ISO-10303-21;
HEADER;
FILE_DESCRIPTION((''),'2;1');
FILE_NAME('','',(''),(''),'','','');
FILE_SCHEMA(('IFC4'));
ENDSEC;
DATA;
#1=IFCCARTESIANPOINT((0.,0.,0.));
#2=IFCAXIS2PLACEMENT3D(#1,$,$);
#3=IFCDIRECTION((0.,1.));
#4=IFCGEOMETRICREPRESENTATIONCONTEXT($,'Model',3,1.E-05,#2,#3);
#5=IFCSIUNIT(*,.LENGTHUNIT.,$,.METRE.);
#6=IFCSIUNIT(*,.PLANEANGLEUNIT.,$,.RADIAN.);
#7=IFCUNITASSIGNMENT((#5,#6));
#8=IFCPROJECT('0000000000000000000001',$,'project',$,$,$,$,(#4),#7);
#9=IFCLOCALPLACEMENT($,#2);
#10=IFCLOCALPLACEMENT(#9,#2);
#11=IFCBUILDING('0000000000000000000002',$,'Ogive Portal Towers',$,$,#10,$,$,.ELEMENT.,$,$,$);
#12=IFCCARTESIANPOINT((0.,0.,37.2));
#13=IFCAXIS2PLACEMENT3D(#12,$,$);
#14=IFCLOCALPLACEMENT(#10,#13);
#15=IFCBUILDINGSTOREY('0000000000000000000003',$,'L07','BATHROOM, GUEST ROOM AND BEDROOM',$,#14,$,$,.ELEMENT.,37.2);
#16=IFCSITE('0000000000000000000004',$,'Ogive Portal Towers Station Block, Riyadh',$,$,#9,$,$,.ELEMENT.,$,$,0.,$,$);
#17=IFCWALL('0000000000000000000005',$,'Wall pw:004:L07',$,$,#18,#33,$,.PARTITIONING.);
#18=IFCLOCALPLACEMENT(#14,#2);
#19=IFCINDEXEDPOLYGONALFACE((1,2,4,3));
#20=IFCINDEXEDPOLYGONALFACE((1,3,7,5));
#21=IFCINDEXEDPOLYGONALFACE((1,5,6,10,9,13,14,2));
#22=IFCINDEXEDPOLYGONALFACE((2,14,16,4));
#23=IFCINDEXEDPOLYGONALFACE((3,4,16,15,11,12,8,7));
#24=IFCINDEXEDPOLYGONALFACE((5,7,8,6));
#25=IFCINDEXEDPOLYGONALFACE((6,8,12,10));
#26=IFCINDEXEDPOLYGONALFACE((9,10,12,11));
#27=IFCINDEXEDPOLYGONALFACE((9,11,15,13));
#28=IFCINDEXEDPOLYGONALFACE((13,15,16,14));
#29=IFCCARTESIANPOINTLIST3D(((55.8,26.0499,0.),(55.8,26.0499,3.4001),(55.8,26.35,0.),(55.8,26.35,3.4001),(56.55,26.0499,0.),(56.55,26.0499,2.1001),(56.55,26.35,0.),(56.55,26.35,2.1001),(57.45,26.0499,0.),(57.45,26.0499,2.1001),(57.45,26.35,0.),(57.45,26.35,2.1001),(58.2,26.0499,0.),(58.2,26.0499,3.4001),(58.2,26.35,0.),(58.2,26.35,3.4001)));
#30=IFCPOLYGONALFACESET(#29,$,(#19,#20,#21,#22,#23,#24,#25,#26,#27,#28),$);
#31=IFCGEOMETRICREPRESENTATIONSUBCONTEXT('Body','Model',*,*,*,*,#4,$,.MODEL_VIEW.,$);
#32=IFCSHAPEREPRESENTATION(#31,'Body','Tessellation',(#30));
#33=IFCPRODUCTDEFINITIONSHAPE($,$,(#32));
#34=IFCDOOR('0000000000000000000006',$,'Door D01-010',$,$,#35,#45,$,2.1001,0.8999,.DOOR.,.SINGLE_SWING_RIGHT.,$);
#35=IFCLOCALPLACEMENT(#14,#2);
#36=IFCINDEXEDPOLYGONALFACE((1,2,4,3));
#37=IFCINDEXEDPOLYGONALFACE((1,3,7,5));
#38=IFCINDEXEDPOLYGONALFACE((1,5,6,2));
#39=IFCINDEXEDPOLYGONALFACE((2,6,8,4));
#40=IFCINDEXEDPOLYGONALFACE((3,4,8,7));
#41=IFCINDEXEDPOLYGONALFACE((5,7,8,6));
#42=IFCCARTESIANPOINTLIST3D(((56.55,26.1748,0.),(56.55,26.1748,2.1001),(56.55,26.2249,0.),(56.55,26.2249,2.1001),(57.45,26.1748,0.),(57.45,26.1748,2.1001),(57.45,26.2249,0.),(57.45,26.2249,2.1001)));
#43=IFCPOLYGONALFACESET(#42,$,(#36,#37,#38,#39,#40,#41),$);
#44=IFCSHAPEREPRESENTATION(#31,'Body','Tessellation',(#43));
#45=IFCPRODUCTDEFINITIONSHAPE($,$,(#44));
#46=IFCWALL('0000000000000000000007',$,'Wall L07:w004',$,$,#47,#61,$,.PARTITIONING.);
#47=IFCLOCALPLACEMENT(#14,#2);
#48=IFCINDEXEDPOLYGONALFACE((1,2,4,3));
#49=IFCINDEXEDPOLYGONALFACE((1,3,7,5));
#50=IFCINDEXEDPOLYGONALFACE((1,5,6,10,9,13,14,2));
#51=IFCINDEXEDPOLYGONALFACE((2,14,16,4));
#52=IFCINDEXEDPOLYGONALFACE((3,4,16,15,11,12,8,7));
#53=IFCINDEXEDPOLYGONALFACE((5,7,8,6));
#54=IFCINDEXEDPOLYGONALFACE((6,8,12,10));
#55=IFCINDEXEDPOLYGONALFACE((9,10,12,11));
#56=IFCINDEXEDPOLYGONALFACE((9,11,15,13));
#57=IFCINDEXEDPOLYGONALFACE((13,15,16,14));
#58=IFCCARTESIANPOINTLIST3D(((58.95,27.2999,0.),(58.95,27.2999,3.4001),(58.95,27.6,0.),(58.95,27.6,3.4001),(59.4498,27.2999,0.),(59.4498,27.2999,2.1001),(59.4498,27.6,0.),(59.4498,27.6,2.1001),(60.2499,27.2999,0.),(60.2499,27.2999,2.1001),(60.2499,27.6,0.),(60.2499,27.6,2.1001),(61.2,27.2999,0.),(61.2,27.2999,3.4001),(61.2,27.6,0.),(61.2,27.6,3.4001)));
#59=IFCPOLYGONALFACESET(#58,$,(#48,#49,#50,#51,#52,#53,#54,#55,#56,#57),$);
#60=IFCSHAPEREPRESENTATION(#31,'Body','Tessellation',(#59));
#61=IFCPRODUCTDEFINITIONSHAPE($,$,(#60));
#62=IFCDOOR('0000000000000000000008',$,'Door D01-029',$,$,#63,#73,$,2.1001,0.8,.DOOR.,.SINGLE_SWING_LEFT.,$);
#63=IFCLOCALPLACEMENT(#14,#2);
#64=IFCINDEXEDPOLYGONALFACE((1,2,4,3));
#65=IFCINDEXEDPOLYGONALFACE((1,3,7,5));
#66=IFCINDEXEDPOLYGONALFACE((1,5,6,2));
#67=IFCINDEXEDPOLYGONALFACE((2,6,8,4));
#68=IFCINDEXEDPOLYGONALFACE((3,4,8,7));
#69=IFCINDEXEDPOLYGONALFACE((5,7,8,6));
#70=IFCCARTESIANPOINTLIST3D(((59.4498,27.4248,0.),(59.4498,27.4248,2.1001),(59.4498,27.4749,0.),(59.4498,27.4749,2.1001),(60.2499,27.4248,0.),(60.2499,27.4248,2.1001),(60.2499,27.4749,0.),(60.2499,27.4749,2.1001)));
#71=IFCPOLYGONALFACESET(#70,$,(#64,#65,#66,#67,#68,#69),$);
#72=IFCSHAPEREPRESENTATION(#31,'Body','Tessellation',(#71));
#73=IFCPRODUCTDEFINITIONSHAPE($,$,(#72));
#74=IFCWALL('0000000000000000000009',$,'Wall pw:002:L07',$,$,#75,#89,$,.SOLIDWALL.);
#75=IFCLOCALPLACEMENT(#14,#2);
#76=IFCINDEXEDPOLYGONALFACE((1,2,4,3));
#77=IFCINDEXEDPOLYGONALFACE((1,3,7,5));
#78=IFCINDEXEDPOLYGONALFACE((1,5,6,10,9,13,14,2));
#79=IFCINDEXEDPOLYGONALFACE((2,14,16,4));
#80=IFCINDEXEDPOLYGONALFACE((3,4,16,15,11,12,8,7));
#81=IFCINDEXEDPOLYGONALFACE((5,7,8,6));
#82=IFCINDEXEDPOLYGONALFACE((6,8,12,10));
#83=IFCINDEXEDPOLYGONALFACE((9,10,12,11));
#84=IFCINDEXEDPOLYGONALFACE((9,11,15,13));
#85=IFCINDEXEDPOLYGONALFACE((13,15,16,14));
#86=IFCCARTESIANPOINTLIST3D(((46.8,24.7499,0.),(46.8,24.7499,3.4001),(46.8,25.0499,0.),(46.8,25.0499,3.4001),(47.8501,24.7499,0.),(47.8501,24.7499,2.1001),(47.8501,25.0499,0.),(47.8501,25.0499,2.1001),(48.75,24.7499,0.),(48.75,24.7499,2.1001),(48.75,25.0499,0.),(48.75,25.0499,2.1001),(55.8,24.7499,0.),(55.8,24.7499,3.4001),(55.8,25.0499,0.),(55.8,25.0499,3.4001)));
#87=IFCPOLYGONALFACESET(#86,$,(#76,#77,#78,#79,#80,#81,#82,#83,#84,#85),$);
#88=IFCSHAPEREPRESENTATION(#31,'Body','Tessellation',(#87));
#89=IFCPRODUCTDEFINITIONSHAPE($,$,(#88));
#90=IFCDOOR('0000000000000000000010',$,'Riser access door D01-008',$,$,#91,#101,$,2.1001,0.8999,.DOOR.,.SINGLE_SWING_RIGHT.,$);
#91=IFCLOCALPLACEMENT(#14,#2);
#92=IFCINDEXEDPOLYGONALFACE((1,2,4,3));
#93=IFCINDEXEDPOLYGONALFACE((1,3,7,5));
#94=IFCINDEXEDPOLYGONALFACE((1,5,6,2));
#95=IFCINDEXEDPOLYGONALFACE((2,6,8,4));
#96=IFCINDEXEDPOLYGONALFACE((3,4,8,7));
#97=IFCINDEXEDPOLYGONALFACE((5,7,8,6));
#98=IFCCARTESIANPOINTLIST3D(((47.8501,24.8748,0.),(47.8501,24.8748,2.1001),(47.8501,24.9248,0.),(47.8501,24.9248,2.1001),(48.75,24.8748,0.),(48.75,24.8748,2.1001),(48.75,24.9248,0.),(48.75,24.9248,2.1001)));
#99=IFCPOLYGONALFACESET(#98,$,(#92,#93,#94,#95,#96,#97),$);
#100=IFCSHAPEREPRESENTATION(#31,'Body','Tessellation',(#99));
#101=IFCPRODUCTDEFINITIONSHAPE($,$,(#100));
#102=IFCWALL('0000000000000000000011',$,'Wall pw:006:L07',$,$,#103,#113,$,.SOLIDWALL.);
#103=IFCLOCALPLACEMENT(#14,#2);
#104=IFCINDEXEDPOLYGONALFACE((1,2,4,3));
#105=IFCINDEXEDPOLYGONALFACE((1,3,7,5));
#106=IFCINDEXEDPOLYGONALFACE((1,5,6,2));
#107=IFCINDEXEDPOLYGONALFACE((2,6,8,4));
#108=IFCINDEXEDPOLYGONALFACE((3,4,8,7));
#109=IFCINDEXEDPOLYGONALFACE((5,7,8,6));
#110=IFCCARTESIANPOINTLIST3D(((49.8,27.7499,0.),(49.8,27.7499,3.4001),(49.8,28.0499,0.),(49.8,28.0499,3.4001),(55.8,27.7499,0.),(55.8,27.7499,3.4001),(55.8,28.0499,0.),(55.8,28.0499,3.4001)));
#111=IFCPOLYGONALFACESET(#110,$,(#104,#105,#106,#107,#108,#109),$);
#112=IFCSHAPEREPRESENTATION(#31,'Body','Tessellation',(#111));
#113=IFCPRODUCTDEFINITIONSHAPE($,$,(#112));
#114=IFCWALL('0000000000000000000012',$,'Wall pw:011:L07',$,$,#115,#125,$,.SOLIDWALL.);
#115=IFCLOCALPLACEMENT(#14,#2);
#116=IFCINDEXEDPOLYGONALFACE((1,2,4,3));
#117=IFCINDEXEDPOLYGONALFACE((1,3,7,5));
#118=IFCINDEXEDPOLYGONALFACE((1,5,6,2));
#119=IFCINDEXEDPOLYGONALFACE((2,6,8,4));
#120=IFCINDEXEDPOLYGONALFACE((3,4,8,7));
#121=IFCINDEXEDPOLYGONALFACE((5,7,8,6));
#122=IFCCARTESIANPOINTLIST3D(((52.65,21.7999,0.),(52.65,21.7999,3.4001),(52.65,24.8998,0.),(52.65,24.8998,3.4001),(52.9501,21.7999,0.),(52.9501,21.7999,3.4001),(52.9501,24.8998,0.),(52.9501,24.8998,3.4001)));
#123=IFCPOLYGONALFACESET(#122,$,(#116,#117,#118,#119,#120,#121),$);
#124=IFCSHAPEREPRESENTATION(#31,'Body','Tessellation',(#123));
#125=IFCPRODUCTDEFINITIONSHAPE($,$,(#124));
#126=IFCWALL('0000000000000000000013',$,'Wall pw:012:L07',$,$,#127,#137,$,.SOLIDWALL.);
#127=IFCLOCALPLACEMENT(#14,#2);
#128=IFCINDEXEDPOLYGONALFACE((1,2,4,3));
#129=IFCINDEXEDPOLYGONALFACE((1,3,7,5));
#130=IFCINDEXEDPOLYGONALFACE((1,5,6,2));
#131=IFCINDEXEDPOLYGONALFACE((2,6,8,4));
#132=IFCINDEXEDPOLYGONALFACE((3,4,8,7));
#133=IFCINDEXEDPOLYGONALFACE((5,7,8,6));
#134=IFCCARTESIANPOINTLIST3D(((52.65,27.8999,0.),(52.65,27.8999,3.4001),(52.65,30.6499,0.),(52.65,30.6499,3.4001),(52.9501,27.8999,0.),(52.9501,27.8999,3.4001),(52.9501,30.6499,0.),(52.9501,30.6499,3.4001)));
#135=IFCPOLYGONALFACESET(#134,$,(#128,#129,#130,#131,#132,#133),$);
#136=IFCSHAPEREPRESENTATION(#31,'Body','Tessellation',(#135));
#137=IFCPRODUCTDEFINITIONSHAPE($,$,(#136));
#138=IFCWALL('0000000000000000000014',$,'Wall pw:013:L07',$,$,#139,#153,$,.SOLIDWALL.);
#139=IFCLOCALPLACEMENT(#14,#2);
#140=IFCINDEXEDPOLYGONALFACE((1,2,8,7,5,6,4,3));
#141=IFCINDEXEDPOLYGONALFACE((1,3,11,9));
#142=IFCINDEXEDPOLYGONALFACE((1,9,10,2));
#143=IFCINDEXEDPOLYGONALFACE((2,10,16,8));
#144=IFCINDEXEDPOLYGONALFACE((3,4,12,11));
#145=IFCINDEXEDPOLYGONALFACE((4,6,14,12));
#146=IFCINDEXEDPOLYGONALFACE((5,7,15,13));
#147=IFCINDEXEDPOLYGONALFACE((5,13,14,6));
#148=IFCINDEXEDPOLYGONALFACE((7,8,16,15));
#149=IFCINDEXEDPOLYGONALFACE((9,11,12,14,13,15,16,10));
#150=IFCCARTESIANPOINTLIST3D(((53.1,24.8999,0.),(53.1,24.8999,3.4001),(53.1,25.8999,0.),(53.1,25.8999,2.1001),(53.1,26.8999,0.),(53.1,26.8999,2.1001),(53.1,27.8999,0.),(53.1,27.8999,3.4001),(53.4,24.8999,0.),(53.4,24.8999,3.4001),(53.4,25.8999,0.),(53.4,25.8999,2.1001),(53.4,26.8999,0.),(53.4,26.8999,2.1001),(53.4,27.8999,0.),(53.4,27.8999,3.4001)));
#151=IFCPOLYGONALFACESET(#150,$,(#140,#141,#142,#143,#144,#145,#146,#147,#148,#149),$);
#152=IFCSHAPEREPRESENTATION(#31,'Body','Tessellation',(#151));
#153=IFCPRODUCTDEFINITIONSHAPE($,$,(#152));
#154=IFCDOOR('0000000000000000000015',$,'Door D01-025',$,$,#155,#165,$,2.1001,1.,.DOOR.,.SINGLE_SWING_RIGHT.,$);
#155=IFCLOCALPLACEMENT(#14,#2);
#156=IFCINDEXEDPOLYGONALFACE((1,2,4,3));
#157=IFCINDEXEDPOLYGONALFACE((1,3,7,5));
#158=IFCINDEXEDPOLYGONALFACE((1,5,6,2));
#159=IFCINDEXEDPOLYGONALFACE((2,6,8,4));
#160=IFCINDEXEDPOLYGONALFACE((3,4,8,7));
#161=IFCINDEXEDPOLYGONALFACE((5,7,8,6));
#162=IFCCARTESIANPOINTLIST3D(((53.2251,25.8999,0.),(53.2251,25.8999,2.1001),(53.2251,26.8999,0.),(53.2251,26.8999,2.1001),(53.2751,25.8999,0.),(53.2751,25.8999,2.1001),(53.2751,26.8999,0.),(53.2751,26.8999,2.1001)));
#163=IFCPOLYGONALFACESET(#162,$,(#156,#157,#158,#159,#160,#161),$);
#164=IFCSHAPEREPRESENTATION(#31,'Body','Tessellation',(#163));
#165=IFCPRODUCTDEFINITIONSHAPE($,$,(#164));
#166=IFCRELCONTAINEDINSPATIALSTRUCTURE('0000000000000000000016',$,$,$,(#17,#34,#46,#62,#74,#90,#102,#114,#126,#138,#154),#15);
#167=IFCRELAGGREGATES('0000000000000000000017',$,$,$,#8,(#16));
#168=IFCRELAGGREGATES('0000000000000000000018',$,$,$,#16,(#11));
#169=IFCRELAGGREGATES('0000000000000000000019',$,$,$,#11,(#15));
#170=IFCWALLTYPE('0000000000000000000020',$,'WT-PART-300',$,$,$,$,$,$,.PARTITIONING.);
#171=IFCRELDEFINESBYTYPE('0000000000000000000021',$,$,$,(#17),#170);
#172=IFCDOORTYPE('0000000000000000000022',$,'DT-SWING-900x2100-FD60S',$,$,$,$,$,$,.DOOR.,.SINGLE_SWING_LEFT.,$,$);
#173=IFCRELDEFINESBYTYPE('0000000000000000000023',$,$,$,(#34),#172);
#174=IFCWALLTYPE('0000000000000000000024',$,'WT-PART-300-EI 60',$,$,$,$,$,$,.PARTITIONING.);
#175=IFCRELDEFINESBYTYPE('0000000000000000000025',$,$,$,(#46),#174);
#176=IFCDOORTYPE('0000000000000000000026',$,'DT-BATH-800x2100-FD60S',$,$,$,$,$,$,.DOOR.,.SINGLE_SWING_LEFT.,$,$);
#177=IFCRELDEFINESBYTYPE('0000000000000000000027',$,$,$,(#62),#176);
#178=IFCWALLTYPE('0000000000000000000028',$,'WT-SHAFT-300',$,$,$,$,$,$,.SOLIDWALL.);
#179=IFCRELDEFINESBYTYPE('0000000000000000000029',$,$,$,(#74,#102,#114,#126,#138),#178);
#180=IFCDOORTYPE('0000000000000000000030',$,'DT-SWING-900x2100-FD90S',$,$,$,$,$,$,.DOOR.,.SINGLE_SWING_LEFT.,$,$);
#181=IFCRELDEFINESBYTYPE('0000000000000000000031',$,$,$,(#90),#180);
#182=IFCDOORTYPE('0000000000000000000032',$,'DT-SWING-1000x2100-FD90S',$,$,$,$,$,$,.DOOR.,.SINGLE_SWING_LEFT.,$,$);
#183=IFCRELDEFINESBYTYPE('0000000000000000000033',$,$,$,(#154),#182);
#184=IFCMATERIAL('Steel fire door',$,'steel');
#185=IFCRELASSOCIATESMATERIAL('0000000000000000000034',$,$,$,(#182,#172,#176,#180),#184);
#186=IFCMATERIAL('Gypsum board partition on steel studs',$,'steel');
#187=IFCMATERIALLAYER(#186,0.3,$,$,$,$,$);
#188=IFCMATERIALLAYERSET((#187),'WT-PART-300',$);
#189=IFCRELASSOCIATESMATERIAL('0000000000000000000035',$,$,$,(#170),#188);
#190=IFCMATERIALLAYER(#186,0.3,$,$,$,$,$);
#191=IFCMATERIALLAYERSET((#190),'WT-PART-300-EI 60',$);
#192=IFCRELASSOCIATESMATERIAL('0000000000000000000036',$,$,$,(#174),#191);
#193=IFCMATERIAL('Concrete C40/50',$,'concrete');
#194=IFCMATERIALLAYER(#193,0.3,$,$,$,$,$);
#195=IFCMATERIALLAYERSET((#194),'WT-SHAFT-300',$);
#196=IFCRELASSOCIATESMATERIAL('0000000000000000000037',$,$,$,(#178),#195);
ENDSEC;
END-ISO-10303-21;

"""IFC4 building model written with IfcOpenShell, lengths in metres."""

from ifc_helpers import new_model, si_unit, direction, frame, frame_2d, origin, place, context, subcontext, project, spatial, rectangle, extrude, material, layer, layer_set, type_object, element, fill, save


model = new_model("IFC4")

# Units and contexts
model_context = context("Model", 3, precision=1e-05, world=origin(), true_north=direction((0.0, 1.0)))
body_context = subcontext(model_context, "Body", "Model", "MODEL_VIEW")
ifc_project = project(units=[si_unit("LENGTHUNIT", "METRE"), si_unit("PLANEANGLEUNIT", "RADIAN")], contexts=[model_context])

# Site, building, storey
site_placement = place(None, origin())
site = spatial("IfcSite", under=ifc_project, at=site_placement, Name="Ogive Portal Towers Station Block, Riyadh", CompositionType="ELEMENT", RefElevation=0.0)
building_placement = place(site_placement, origin())
building = spatial("IfcBuilding", under=site, at=building_placement, Name="Ogive Portal Towers", CompositionType="ELEMENT")
storey_placement = place(building_placement, frame((0.0, 0.0, 37.2)))
storey = spatial("IfcBuildingStorey", under=building, at=storey_placement, Name="L07", Description="BATHROOM, GUEST ROOM AND BEDROOM", CompositionType="ELEMENT", Elevation=37.2)

# Shared definitions
ifc_material_1 = material(Name="Steel fire door", Category="steel")
door_type_1 = type_object("IfcDoorType", Name="DT-SWING-1000x2100-FD90S", OperationType="SINGLE_SWING_LEFT", PredefinedType="DOOR", material=ifc_material_1)

# Walls, openings, doors
ifc_material_2 = material(Name="Gypsum board partition on steel studs", Category="steel")
ifc_layer_1 = layer(ifc_material_2, 0.3)
ifc_layer_set_1 = layer_set([ifc_layer_1], Name="WT-PART-300")
wall_type_1 = type_object("IfcWallType", Name="WT-PART-300", PredefinedType="PARTITIONING", material=ifc_layer_set_1)
wall_1_placement = place(storey_placement, frame((55.8, 26.2, 0.0), z_axis=(0.0, 0.0, 1.0), x_axis=(1.0, 0.0, 0.0)))
wall_1 = element("IfcWall", 1, at=wall_1_placement, inside=storey, type_object=wall_type_1, Name="Wall pw:004:L07", PredefinedType="PARTITIONING", context=body_context, shape_type="SweptSolid", body=[
    extrude(rectangle(XDim=2.3999, YDim=0.3, at=frame_2d((1.2, 0.0))), origin(), (0.0, 0.0, 1.0), 3.4001),
])
opening_1_placement = place(wall_1_placement, frame((0.75, 0.0, 0.0)))
opening_1 = element("IfcOpeningElement", 2, at=opening_1_placement, cuts=wall_1, PredefinedType="OPENING", context=body_context, shape_type="SweptSolid", body=[
    extrude(rectangle(XDim=0.8999, YDim=2.1001, at=frame_2d((0.45, 1.05))), frame((0.0, 0.1602, 0.0), z_axis=(0.0, -1.0, 0.0), x_axis=(1.0, 0.0, 0.0)), (0.0, 0.0, 1.0), 0.3201),
])
door_type_2 = type_object("IfcDoorType", Name="DT-SWING-900x2100-FD60S", OperationType="SINGLE_SWING_LEFT", PredefinedType="DOOR", material=ifc_material_1)
door_1_placement = place(opening_1_placement, origin())
door_1 = element("IfcDoor", 3, at=door_1_placement, inside=storey, type_object=door_type_2, Name="Door D01-010", OperationType="SINGLE_SWING_RIGHT", OverallHeight=2.1001, OverallWidth=0.8999, PredefinedType="DOOR", context=body_context, shape_type="SweptSolid", body=[
    extrude(rectangle(XDim=0.8999, YDim=2.1001, at=frame_2d((0.45, 1.05))), frame((0.0, 0.0249, 0.0), z_axis=(0.0, -1.0, 0.0), x_axis=(1.0, 0.0, 0.0)), (0.0, 0.0, 1.0), 0.05),
])
fill(opening_1, door_1)
ifc_layer_2 = layer(ifc_material_2, 0.3)
ifc_layer_set_2 = layer_set([ifc_layer_2], Name="WT-PART-300-EI 60")
wall_type_2 = type_object("IfcWallType", Name="WT-PART-300-EI 60", PredefinedType="PARTITIONING", material=ifc_layer_set_2)
wall_2_placement = place(storey_placement, frame((58.95, 27.45, 0.0), z_axis=(0.0, 0.0, 1.0), x_axis=(1.0, 0.0, 0.0)))
wall_2 = element("IfcWall", 4, at=wall_2_placement, inside=storey, type_object=wall_type_2, Name="Wall L07:w004", PredefinedType="PARTITIONING", context=body_context, shape_type="SweptSolid", body=[
    extrude(rectangle(XDim=2.25, YDim=0.3, at=frame_2d((1.125, 0.0))), origin(), (0.0, 0.0, 1.0), 3.4001),
])
opening_2_placement = place(wall_2_placement, frame((0.5, 0.0, 0.0)))
opening_2 = element("IfcOpeningElement", 5, at=opening_2_placement, cuts=wall_2, PredefinedType="OPENING", context=body_context, shape_type="SweptSolid", body=[
    extrude(rectangle(XDim=0.8, YDim=2.1001, at=frame_2d((0.3999, 1.05))), frame((0.0, 0.1602, 0.0), z_axis=(0.0, -1.0, 0.0), x_axis=(1.0, 0.0, 0.0)), (0.0, 0.0, 1.0), 0.3201),
])
door_type_3 = type_object("IfcDoorType", Name="DT-BATH-800x2100-FD60S", OperationType="SINGLE_SWING_LEFT", PredefinedType="DOOR", material=ifc_material_1)
door_2_placement = place(opening_2_placement, origin())
door_2 = element("IfcDoor", 6, at=door_2_placement, inside=storey, type_object=door_type_3, Name="Door D01-029", OperationType="SINGLE_SWING_LEFT", OverallHeight=2.1001, OverallWidth=0.8, PredefinedType="DOOR", context=body_context, shape_type="SweptSolid", body=[
    extrude(rectangle(XDim=0.8, YDim=2.1001, at=frame_2d((0.3999, 1.05))), frame((0.0, 0.0249, 0.0), z_axis=(0.0, -1.0, 0.0), x_axis=(1.0, 0.0, 0.0)), (0.0, 0.0, 1.0), 0.05),
])
fill(opening_2, door_2)
ifc_material_3 = material(Name="Concrete C40/50", Category="concrete")
ifc_layer_3 = layer(ifc_material_3, 0.3)
ifc_layer_set_3 = layer_set([ifc_layer_3], Name="WT-SHAFT-300")
wall_type_3 = type_object("IfcWallType", Name="WT-SHAFT-300", PredefinedType="SOLIDWALL", material=ifc_layer_set_3)
wall_3_placement = place(storey_placement, frame((46.8, 24.8999, 0.0), z_axis=(0.0, 0.0, 1.0), x_axis=(1.0, 0.0, 0.0)))
wall_3 = element("IfcWall", 7, at=wall_3_placement, inside=storey, type_object=wall_type_3, Name="Wall pw:002:L07", PredefinedType="SOLIDWALL", context=body_context, shape_type="SweptSolid", body=[
    extrude(rectangle(XDim=9.0, YDim=0.3, at=frame_2d((4.5, 0.0))), origin(), (0.0, 0.0, 1.0), 3.4001),
])
opening_3_placement = place(wall_3_placement, frame((1.05, 0.0, 0.0)))
opening_3 = element("IfcOpeningElement", 8, at=opening_3_placement, cuts=wall_3, PredefinedType="OPENING", context=body_context, shape_type="SweptSolid", body=[
    extrude(rectangle(XDim=0.8999, YDim=2.1001, at=frame_2d((0.45, 1.05))), frame((0.0, 0.1602, 0.0), z_axis=(0.0, -1.0, 0.0), x_axis=(1.0, 0.0, 0.0)), (0.0, 0.0, 1.0), 0.3201),
])
door_type_4 = type_object("IfcDoorType", Name="DT-SWING-900x2100-FD90S", OperationType="SINGLE_SWING_LEFT", PredefinedType="DOOR", material=ifc_material_1)
door_3_placement = place(opening_3_placement, origin())
door_3 = element("IfcDoor", 9, at=door_3_placement, inside=storey, type_object=door_type_4, Name="Riser access door D01-008", OperationType="SINGLE_SWING_RIGHT", OverallHeight=2.1001, OverallWidth=0.8999, PredefinedType="DOOR", context=body_context, shape_type="SweptSolid", body=[
    extrude(rectangle(XDim=0.8999, YDim=2.1001, at=frame_2d((0.45, 1.05))), frame((0.0, 0.0249, 0.0), z_axis=(0.0, -1.0, 0.0), x_axis=(1.0, 0.0, 0.0)), (0.0, 0.0, 1.0), 0.05),
])
fill(opening_3, door_3)

# Walls
wall_4_placement = place(storey_placement, frame((49.8, 27.8999, 0.0), z_axis=(0.0, 0.0, 1.0), x_axis=(1.0, 0.0, 0.0)))
element("IfcWall", 10, at=wall_4_placement, inside=storey, type_object=wall_type_3, Name="Wall pw:006:L07", PredefinedType="SOLIDWALL", context=body_context, shape_type="SweptSolid", body=[
    extrude(rectangle(XDim=6.0, YDim=0.3, at=frame_2d((3.0, 0.0))), origin(), (0.0, 0.0, 1.0), 3.4001),
])
wall_5_placement = place(storey_placement, frame((52.8, 21.8, 0.0), z_axis=(0.0, 0.0, 1.0), x_axis=(0.0, 1.0, 0.0)))
element("IfcWall", 11, at=wall_5_placement, inside=storey, type_object=wall_type_3, Name="Wall pw:011:L07", PredefinedType="SOLIDWALL", context=body_context, shape_type="SweptSolid", body=[
    extrude(rectangle(XDim=3.0999, YDim=0.3, at=frame_2d((1.5498, 0.0))), origin(), (0.0, 0.0, 1.0), 3.4001),
])
wall_6_placement = place(storey_placement, frame((52.8, 27.8999, 0.0), z_axis=(0.0, 0.0, 1.0), x_axis=(0.0, 1.0, 0.0)))
element("IfcWall", 12, at=wall_6_placement, inside=storey, type_object=wall_type_3, Name="Wall pw:012:L07", PredefinedType="SOLIDWALL", context=body_context, shape_type="SweptSolid", body=[
    extrude(rectangle(XDim=2.75, YDim=0.3, at=frame_2d((1.375, 0.0))), origin(), (0.0, 0.0, 1.0), 3.4001),
])

# Wall, opening, door
wall_7_placement = place(storey_placement, frame((53.25, 24.8999, 0.0), z_axis=(0.0, 0.0, 1.0), x_axis=(0.0, 1.0, 0.0)))
wall_7 = element("IfcWall", 13, at=wall_7_placement, inside=storey, type_object=wall_type_3, Name="Wall pw:013:L07", PredefinedType="SOLIDWALL", context=body_context, shape_type="SweptSolid", body=[
    extrude(rectangle(XDim=3.0, YDim=0.3, at=frame_2d((1.5, 0.0))), origin(), (0.0, 0.0, 1.0), 3.4001),
])
opening_4_placement = place(wall_7_placement, frame((1.0, 0.0, 0.0)))
opening_4 = element("IfcOpeningElement", 14, at=opening_4_placement, cuts=wall_7, PredefinedType="OPENING", context=body_context, shape_type="SweptSolid", body=[
    extrude(rectangle(XDim=1.0, YDim=2.1001, at=frame_2d((0.5, 1.05))), frame((0.0, 0.1602, 0.0), z_axis=(0.0, -1.0, 0.0), x_axis=(1.0, 0.0, 0.0)), (0.0, 0.0, 1.0), 0.3201),
])
door_4_placement = place(opening_4_placement, origin())
door_4 = element("IfcDoor", 15, at=door_4_placement, inside=storey, type_object=door_type_1, Name="Door D01-025", OperationType="SINGLE_SWING_RIGHT", OverallHeight=2.1001, OverallWidth=1.0, PredefinedType="DOOR", context=body_context, shape_type="SweptSolid", body=[
    extrude(rectangle(XDim=1.0, YDim=2.1001, at=frame_2d((0.5, 1.05))), frame((0.0, 0.0249, 0.0), z_axis=(0.0, -1.0, 0.0), x_axis=(1.0, 0.0, 0.0)), (0.0, 0.0, 1.0), 0.05),
])
fill(opening_4, door_4)

save(model, "model.ifc")
